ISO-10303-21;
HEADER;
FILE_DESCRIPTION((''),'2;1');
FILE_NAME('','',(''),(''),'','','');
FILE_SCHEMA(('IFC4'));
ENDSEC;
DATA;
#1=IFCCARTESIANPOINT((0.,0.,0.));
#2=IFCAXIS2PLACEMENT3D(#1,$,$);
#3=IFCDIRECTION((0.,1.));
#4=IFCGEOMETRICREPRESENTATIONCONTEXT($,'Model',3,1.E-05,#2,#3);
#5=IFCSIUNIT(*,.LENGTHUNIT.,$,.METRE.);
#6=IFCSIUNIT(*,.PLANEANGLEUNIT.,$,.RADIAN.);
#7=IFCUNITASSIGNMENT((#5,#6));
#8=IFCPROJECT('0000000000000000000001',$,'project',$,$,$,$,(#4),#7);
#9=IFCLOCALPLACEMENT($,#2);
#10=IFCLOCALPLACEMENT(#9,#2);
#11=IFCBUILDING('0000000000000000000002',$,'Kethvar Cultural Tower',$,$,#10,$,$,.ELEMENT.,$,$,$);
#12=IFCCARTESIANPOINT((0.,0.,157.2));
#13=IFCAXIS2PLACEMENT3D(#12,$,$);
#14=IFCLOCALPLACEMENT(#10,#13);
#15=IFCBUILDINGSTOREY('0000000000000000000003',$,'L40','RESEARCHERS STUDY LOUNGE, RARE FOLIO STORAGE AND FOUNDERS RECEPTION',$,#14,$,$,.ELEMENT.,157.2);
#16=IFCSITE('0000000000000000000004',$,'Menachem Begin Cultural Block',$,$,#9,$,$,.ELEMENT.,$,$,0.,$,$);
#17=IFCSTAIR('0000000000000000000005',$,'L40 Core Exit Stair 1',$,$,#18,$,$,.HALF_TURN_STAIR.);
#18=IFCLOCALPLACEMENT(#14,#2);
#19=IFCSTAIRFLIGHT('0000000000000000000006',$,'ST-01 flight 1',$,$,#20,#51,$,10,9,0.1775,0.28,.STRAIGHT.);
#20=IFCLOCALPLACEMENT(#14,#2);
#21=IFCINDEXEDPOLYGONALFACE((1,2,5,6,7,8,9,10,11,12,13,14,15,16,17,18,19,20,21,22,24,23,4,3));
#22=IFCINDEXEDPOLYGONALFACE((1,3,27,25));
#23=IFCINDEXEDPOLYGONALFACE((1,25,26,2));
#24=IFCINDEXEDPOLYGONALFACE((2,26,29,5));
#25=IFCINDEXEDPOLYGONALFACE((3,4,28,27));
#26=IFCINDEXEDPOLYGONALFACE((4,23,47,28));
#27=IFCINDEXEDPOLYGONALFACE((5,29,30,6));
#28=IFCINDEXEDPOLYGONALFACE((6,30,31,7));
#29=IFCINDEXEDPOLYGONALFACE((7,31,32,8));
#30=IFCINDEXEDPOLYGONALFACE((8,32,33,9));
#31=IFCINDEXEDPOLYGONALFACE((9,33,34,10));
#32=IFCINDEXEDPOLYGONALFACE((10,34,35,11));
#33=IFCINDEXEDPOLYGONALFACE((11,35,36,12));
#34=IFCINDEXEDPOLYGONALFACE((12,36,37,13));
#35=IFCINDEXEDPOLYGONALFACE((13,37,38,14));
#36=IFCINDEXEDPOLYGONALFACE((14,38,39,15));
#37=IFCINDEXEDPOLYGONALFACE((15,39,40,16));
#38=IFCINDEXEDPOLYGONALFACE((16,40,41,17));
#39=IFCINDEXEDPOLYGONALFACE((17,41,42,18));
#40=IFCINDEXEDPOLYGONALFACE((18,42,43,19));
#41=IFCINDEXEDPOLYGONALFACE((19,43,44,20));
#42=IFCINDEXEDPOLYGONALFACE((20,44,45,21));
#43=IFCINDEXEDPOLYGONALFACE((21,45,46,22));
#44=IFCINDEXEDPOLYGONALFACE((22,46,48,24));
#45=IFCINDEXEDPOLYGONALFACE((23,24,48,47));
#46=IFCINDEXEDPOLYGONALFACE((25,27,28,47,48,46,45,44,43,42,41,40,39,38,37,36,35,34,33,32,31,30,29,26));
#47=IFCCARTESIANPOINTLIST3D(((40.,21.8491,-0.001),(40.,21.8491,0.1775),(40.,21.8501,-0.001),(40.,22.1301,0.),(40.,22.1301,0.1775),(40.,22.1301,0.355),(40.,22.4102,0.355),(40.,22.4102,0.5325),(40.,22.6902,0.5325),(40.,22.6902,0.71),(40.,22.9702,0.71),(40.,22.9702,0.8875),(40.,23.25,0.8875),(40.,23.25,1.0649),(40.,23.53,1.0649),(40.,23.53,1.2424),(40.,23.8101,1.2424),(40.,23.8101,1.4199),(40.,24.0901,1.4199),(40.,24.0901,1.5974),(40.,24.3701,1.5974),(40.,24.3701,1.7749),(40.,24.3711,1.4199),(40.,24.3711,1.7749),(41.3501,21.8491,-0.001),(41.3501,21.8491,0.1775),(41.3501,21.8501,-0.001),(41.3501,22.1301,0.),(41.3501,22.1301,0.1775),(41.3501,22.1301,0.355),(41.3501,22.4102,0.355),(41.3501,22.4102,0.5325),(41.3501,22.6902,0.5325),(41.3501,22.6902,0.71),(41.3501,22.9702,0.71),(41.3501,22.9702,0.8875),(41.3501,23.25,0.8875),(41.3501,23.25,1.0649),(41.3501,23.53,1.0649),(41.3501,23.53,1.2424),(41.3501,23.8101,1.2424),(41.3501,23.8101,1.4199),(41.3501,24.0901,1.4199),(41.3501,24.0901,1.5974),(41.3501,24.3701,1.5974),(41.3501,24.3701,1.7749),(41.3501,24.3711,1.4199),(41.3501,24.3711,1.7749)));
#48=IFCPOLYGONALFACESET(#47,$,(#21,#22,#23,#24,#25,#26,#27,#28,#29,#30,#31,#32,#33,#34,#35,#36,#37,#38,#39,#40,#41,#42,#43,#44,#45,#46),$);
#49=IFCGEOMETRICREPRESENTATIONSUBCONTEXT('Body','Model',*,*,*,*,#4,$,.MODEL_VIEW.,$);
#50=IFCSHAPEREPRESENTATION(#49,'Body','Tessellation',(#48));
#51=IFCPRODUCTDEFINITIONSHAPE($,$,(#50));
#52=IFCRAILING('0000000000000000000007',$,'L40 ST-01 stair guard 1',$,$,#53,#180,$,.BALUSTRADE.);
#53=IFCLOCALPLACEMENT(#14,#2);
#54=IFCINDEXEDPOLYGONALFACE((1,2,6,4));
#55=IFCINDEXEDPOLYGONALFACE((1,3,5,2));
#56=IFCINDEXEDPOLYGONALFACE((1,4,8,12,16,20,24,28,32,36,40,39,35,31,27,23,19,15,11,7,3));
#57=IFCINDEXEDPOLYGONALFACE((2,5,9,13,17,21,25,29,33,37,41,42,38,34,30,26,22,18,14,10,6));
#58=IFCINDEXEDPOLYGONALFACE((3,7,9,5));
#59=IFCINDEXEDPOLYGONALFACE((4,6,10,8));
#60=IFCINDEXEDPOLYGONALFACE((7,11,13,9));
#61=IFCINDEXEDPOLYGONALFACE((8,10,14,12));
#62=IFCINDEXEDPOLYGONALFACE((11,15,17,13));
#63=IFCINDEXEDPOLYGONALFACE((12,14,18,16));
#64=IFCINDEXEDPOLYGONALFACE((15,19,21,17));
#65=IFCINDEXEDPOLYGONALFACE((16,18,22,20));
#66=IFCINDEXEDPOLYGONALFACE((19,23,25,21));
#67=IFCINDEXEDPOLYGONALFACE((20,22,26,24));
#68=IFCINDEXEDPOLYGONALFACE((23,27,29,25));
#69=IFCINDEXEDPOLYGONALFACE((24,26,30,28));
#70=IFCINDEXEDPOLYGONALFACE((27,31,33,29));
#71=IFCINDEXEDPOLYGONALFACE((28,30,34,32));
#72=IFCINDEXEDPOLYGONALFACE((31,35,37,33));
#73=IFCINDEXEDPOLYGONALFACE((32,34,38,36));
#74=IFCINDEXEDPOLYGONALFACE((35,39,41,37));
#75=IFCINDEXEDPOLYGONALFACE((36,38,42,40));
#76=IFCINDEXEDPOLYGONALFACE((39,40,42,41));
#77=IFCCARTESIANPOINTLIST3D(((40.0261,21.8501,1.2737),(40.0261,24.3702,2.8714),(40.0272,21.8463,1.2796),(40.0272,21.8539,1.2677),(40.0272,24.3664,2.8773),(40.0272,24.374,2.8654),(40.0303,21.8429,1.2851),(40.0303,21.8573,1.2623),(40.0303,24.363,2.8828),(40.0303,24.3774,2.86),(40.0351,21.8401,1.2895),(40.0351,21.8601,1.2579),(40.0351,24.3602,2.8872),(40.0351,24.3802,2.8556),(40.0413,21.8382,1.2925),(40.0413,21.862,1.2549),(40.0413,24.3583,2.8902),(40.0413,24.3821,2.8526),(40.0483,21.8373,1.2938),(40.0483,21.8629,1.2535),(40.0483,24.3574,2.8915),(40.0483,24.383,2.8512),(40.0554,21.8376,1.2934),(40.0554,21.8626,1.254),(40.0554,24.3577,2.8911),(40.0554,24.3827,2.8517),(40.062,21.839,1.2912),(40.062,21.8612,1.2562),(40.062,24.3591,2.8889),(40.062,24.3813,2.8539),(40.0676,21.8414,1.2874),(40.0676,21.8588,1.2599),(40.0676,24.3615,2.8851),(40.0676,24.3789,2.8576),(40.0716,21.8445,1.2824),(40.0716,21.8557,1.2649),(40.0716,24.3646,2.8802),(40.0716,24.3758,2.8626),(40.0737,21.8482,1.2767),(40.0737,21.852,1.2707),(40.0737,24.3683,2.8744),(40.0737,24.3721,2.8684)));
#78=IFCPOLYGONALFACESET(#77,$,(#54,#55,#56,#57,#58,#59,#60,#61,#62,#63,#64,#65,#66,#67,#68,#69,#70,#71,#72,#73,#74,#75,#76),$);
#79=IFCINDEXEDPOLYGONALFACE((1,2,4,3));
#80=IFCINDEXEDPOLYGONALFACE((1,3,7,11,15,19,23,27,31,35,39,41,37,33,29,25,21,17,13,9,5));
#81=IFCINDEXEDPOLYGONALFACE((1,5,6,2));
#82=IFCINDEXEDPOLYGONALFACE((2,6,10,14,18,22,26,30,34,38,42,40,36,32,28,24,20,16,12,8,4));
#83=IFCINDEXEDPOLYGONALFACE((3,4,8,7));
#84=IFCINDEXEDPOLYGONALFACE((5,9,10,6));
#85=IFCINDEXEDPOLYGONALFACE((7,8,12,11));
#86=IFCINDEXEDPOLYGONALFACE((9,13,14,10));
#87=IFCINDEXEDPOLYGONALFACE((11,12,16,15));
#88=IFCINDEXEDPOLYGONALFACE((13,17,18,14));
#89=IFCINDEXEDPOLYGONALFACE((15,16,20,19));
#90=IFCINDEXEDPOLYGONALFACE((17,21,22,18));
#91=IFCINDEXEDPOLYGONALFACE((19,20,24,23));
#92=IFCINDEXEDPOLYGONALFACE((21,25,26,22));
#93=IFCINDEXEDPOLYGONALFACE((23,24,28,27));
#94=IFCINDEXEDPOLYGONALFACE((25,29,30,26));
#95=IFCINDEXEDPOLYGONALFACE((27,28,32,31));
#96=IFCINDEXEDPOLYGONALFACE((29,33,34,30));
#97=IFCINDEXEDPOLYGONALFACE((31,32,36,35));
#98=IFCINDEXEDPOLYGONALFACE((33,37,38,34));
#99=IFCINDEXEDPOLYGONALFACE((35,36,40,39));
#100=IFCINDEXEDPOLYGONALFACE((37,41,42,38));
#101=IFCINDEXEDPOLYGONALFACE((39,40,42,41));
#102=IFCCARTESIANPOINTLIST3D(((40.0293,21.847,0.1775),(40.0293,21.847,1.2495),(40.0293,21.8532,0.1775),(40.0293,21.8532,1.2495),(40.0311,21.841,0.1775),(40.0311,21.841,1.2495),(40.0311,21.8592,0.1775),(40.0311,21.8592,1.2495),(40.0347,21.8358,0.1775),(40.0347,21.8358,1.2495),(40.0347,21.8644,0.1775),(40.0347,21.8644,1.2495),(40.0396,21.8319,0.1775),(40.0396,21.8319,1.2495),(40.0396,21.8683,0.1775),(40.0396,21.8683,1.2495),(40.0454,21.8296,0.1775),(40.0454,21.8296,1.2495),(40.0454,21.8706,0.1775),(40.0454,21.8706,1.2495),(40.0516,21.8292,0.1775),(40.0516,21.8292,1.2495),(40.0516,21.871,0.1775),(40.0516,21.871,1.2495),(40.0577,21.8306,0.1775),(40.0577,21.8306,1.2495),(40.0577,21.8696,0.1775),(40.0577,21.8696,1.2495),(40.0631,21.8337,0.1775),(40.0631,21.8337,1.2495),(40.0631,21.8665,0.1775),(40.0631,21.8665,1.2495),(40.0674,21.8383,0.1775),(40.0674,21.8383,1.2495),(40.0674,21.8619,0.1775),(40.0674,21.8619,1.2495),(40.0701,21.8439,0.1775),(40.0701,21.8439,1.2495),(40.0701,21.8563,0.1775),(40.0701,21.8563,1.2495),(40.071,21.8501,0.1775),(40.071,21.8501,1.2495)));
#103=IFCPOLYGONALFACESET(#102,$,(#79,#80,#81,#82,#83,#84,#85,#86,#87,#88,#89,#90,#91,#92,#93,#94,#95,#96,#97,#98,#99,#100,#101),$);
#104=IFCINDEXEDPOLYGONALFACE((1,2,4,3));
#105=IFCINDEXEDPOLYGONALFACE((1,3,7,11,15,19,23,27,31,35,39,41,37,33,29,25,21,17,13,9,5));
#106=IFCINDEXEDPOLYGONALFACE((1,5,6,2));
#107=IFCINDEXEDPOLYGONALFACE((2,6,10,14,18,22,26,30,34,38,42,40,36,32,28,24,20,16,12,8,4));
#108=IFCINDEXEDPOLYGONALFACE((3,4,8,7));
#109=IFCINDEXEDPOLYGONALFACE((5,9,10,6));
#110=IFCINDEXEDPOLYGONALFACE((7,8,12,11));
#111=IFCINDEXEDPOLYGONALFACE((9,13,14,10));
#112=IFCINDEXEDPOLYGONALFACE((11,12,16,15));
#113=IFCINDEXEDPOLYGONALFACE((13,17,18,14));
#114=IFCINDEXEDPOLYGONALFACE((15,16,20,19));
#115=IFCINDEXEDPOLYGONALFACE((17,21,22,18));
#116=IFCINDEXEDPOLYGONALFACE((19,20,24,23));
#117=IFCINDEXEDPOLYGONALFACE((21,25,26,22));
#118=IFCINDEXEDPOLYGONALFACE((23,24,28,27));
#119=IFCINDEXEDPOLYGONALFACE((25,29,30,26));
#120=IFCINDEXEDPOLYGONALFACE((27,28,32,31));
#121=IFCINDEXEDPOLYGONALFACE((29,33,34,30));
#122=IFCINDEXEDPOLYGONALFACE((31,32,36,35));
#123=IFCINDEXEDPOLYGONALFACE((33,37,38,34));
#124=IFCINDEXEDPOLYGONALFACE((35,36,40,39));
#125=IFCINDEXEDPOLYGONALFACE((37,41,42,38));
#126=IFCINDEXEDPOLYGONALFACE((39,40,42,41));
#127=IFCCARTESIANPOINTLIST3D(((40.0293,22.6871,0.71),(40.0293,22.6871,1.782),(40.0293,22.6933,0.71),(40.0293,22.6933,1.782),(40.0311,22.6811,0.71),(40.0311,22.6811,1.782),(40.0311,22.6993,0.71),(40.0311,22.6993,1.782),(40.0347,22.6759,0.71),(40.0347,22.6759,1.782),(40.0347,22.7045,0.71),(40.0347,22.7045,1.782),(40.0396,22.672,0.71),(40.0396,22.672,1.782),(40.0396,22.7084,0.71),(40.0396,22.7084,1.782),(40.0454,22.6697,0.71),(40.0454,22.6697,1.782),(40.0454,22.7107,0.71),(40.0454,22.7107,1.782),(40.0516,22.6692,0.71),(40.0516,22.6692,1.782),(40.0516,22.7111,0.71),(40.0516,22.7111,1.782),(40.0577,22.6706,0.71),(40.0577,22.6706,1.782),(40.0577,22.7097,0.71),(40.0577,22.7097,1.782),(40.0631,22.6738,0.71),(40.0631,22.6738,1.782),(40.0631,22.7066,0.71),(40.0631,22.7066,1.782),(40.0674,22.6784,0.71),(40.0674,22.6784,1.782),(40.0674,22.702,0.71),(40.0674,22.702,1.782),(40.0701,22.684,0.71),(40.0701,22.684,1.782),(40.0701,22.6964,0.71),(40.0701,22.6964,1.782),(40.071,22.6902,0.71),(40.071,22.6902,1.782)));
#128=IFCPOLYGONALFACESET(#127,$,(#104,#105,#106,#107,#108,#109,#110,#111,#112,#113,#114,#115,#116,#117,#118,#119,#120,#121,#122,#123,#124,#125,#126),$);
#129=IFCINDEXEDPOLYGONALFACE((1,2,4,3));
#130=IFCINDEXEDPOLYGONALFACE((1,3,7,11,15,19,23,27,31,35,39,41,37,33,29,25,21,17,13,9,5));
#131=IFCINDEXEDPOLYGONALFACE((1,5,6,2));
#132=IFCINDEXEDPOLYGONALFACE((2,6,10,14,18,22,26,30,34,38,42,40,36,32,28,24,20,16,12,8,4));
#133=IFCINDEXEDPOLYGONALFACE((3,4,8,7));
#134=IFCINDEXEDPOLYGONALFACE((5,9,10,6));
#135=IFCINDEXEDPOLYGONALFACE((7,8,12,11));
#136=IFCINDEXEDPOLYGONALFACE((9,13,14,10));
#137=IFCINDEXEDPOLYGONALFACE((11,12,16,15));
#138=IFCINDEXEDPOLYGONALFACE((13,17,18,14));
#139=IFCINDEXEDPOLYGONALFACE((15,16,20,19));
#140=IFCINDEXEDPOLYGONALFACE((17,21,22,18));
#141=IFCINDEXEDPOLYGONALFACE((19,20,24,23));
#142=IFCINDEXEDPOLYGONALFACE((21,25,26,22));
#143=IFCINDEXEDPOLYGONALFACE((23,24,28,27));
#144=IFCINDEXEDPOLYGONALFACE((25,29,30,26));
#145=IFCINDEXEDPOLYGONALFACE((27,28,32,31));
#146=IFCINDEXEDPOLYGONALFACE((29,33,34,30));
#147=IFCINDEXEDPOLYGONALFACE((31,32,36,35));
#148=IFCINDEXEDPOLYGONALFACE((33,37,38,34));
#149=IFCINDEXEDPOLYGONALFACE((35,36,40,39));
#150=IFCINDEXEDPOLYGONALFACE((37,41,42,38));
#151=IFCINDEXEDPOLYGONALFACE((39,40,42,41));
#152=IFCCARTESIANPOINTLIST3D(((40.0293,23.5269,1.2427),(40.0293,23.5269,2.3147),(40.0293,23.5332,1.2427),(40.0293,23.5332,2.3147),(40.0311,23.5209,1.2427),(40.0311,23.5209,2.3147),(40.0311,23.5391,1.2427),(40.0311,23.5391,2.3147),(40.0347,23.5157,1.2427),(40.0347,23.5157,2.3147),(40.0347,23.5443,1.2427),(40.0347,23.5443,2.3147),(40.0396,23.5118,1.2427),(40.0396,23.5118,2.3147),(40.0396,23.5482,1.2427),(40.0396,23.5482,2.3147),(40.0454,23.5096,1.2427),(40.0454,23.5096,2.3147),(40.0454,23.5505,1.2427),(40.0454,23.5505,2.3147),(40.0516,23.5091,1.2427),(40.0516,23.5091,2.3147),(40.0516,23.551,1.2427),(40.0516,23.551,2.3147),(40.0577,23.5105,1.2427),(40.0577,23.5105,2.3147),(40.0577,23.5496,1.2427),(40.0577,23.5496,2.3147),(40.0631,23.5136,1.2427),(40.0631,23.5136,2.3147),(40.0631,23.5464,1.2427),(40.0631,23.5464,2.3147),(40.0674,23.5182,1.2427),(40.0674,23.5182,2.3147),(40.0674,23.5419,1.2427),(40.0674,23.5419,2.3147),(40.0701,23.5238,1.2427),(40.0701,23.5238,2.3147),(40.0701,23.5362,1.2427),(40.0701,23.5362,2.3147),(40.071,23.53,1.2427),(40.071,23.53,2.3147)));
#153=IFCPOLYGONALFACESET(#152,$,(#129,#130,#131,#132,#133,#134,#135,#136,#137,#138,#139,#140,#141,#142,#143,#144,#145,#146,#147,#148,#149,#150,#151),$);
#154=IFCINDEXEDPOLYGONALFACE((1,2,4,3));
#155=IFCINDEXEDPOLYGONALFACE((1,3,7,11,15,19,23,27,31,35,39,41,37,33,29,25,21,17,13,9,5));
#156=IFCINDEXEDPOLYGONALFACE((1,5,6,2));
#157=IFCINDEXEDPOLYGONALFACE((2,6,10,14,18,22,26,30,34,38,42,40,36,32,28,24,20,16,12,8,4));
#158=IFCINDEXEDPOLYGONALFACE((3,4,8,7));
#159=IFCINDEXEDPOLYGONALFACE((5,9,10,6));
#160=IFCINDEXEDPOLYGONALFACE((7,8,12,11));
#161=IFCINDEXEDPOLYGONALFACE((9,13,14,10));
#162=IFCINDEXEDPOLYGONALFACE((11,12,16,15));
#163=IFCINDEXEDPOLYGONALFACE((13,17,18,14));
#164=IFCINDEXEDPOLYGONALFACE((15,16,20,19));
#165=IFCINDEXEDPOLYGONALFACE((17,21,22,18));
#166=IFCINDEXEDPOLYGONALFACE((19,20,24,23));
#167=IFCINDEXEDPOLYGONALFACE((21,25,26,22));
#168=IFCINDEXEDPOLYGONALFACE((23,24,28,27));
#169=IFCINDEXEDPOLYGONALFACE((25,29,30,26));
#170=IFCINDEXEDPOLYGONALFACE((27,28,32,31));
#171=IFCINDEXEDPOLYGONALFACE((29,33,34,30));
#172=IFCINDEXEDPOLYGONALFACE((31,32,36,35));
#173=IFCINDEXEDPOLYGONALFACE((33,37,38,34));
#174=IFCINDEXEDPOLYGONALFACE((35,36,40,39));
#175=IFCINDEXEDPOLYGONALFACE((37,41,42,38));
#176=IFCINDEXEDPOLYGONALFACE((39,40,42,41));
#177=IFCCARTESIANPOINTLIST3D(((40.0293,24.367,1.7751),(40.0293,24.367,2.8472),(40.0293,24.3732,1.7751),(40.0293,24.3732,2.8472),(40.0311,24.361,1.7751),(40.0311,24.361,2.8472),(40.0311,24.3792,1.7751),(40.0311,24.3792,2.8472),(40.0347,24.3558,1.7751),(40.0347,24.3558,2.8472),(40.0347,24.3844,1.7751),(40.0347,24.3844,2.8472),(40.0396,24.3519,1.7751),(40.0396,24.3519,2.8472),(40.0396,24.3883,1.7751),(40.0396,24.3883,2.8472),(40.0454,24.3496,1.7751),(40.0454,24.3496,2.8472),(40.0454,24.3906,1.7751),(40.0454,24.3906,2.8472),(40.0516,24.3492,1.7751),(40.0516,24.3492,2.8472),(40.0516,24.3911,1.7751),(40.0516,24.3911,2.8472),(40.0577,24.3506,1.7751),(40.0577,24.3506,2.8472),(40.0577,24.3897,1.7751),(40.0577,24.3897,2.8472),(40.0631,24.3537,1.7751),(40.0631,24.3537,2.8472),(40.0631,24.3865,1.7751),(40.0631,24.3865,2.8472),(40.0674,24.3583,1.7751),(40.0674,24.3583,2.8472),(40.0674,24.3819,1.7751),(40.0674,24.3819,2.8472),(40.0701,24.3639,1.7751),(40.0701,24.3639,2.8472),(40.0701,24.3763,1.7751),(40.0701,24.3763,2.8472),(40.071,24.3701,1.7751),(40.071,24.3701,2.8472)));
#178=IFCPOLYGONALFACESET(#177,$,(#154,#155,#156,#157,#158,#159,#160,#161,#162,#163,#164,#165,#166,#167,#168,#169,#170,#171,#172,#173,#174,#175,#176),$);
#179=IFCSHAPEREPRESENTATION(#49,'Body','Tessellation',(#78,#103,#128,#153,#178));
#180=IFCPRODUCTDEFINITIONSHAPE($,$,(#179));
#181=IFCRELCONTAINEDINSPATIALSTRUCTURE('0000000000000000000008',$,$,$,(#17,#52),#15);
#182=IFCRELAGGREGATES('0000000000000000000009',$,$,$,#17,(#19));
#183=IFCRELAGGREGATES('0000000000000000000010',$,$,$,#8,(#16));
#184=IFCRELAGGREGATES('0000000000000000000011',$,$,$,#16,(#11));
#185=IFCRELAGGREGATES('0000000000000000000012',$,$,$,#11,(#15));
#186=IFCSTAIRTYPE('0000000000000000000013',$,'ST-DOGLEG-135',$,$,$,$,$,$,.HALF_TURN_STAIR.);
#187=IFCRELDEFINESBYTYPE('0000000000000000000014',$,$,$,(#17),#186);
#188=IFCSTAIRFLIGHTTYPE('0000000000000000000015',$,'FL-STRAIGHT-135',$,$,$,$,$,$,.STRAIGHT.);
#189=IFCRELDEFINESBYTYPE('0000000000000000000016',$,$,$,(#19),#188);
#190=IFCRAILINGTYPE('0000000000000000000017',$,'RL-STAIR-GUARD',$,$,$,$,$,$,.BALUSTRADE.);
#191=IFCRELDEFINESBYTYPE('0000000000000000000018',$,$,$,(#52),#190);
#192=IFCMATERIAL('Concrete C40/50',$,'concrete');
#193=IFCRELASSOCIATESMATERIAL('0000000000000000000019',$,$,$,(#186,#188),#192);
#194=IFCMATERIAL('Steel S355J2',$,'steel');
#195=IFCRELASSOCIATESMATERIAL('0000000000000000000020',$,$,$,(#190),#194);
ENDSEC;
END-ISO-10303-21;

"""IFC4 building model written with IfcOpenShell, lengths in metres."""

from ifc_helpers import new_model, si_unit, direction, frame, origin, origin_2d, place, context, subcontext, project, spatial, polyline, circle, outline, extrude, material, type_object, element, aggregate, save


model = new_model("IFC4")

# Units and contexts
model_context = context("Model", 3, precision=1e-05, world=origin(), true_north=direction((0.0, 1.0)))
body_context = subcontext(model_context, "Body", "Model", "MODEL_VIEW")
ifc_project = project(units=[si_unit("LENGTHUNIT", "METRE"), si_unit("PLANEANGLEUNIT", "RADIAN")], contexts=[model_context])

# Site, building, storey
site_placement = place(None, origin())
site = spatial("IfcSite", under=ifc_project, at=site_placement, Name="Menachem Begin Cultural Block", CompositionType="ELEMENT", RefElevation=0.0)
building_placement = place(site_placement, origin())
building = spatial("IfcBuilding", under=site, at=building_placement, Name="Kethvar Cultural Tower", CompositionType="ELEMENT")
storey_placement = place(building_placement, frame((0.0, 0.0, 157.2)))
storey = spatial("IfcBuildingStorey", under=building, at=storey_placement, Name="L40", Description="RESEARCHERS STUDY LOUNGE, RARE FOLIO STORAGE AND FOUNDERS RECEPTION", CompositionType="ELEMENT", Elevation=157.2)

# Shared definitions
ifc_material_1 = material(Name="Steel S355J2", Category="steel")

# Stair, stair flight
ifc_material_2 = material(Name="Concrete C40/50", Category="concrete")
stair_type = type_object("IfcStairType", Name="ST-DOGLEG-135", PredefinedType="HALF_TURN_STAIR", material=ifc_material_2)
stair_placement = place(storey_placement, origin())
stair = element("IfcStair", 1, at=stair_placement, inside=storey, type_object=stair_type, Name="L40 Core Exit Stair 1", PredefinedType="HALF_TURN_STAIR")
stair_flight_type = type_object("IfcStairFlightType", Name="FL-STRAIGHT-135", PredefinedType="STRAIGHT", material=ifc_material_2)
stair_flight_placement = place(storey_placement, frame((40.675, 21.8501, 0.0), z_axis=(0.0, 0.0, 1.0), x_axis=(0.0, 1.0, 0.0)))
stair_flight = element("IfcStairFlight", 2, at=stair_flight_placement, type_object=stair_flight_type, Name="ST-01 flight 1", NumberOfRisers=10, NumberOfTreads=9, PredefinedType="STRAIGHT", RiserHeight=0.1775, TreadLength=0.28, context=body_context, shape_type="SweptSolid", body=[
    extrude(outline(polyline([(-0.001, -0.001), (-0.001, 0.1775), (0.28, 0.1775), (0.28, 0.355), (0.5601, 0.355), (0.5601, 0.5325), (0.8401, 0.5325), (0.8401, 0.71), (1.1201, 0.71), (1.1201, 0.8875), (1.3999, 0.8875), (1.3999, 1.0649), (1.6799, 1.0649), (1.6799, 1.2424), (1.96, 1.2424), (1.96, 1.4199), (2.24, 1.4199), (2.24, 1.5974), (2.52, 1.5974), (2.52, 1.7749), (2.521, 1.7749), (2.521, 1.4199), (0.28, 0.0), (0.0, -0.001), (-0.001, -0.001)])), frame((0.0, 0.675, 0.0), z_axis=(0.0, -1.0, 0.0), x_axis=(1.0, 0.0, 0.0)), (0.0, 0.0, 1.0), 1.3501),
])
aggregate(stair, [stair_flight])

# Railing
railing_type_1 = type_object("IfcRailingType", Name="RL-STAIR-GUARD", PredefinedType="BALUSTRADE", material=ifc_material_1)
railing_1_placement = place(storey_placement, frame((40.05, 21.8501, 0.1775)))
element("IfcRailing", 3, at=railing_1_placement, inside=storey, type_object=railing_type_1, Name="L40 ST-01 stair guard 1", PredefinedType="BALUSTRADE", context=body_context, shape_type="SweptSolid", body=[
    extrude(circle(Radius=0.0239, at=origin_2d()), frame((0.0, 0.0, 1.0962), z_axis=(0.0, 0.84457, 0.535445), x_axis=(-1.0, 0.0, 0.0)), (0.0, 0.0, 1.0), 2.9839),
    extrude(circle(Radius=0.021, at=origin_2d()), origin(), (0.0, 0.0, 1.0), 1.072),
    extrude(circle(Radius=0.021, at=origin_2d()), frame((0.0, 0.8401, 0.5325)), (0.0, 0.0, 1.0), 1.072),
    extrude(circle(Radius=0.021, at=origin_2d()), frame((0.0, 1.6799, 1.0652)), (0.0, 0.0, 1.0), 1.072),
    extrude(circle(Radius=0.021, at=origin_2d()), frame((0.0, 2.52, 1.5977)), (0.0, 0.0, 1.0), 1.072),
])

save(model, "model.ifc")
